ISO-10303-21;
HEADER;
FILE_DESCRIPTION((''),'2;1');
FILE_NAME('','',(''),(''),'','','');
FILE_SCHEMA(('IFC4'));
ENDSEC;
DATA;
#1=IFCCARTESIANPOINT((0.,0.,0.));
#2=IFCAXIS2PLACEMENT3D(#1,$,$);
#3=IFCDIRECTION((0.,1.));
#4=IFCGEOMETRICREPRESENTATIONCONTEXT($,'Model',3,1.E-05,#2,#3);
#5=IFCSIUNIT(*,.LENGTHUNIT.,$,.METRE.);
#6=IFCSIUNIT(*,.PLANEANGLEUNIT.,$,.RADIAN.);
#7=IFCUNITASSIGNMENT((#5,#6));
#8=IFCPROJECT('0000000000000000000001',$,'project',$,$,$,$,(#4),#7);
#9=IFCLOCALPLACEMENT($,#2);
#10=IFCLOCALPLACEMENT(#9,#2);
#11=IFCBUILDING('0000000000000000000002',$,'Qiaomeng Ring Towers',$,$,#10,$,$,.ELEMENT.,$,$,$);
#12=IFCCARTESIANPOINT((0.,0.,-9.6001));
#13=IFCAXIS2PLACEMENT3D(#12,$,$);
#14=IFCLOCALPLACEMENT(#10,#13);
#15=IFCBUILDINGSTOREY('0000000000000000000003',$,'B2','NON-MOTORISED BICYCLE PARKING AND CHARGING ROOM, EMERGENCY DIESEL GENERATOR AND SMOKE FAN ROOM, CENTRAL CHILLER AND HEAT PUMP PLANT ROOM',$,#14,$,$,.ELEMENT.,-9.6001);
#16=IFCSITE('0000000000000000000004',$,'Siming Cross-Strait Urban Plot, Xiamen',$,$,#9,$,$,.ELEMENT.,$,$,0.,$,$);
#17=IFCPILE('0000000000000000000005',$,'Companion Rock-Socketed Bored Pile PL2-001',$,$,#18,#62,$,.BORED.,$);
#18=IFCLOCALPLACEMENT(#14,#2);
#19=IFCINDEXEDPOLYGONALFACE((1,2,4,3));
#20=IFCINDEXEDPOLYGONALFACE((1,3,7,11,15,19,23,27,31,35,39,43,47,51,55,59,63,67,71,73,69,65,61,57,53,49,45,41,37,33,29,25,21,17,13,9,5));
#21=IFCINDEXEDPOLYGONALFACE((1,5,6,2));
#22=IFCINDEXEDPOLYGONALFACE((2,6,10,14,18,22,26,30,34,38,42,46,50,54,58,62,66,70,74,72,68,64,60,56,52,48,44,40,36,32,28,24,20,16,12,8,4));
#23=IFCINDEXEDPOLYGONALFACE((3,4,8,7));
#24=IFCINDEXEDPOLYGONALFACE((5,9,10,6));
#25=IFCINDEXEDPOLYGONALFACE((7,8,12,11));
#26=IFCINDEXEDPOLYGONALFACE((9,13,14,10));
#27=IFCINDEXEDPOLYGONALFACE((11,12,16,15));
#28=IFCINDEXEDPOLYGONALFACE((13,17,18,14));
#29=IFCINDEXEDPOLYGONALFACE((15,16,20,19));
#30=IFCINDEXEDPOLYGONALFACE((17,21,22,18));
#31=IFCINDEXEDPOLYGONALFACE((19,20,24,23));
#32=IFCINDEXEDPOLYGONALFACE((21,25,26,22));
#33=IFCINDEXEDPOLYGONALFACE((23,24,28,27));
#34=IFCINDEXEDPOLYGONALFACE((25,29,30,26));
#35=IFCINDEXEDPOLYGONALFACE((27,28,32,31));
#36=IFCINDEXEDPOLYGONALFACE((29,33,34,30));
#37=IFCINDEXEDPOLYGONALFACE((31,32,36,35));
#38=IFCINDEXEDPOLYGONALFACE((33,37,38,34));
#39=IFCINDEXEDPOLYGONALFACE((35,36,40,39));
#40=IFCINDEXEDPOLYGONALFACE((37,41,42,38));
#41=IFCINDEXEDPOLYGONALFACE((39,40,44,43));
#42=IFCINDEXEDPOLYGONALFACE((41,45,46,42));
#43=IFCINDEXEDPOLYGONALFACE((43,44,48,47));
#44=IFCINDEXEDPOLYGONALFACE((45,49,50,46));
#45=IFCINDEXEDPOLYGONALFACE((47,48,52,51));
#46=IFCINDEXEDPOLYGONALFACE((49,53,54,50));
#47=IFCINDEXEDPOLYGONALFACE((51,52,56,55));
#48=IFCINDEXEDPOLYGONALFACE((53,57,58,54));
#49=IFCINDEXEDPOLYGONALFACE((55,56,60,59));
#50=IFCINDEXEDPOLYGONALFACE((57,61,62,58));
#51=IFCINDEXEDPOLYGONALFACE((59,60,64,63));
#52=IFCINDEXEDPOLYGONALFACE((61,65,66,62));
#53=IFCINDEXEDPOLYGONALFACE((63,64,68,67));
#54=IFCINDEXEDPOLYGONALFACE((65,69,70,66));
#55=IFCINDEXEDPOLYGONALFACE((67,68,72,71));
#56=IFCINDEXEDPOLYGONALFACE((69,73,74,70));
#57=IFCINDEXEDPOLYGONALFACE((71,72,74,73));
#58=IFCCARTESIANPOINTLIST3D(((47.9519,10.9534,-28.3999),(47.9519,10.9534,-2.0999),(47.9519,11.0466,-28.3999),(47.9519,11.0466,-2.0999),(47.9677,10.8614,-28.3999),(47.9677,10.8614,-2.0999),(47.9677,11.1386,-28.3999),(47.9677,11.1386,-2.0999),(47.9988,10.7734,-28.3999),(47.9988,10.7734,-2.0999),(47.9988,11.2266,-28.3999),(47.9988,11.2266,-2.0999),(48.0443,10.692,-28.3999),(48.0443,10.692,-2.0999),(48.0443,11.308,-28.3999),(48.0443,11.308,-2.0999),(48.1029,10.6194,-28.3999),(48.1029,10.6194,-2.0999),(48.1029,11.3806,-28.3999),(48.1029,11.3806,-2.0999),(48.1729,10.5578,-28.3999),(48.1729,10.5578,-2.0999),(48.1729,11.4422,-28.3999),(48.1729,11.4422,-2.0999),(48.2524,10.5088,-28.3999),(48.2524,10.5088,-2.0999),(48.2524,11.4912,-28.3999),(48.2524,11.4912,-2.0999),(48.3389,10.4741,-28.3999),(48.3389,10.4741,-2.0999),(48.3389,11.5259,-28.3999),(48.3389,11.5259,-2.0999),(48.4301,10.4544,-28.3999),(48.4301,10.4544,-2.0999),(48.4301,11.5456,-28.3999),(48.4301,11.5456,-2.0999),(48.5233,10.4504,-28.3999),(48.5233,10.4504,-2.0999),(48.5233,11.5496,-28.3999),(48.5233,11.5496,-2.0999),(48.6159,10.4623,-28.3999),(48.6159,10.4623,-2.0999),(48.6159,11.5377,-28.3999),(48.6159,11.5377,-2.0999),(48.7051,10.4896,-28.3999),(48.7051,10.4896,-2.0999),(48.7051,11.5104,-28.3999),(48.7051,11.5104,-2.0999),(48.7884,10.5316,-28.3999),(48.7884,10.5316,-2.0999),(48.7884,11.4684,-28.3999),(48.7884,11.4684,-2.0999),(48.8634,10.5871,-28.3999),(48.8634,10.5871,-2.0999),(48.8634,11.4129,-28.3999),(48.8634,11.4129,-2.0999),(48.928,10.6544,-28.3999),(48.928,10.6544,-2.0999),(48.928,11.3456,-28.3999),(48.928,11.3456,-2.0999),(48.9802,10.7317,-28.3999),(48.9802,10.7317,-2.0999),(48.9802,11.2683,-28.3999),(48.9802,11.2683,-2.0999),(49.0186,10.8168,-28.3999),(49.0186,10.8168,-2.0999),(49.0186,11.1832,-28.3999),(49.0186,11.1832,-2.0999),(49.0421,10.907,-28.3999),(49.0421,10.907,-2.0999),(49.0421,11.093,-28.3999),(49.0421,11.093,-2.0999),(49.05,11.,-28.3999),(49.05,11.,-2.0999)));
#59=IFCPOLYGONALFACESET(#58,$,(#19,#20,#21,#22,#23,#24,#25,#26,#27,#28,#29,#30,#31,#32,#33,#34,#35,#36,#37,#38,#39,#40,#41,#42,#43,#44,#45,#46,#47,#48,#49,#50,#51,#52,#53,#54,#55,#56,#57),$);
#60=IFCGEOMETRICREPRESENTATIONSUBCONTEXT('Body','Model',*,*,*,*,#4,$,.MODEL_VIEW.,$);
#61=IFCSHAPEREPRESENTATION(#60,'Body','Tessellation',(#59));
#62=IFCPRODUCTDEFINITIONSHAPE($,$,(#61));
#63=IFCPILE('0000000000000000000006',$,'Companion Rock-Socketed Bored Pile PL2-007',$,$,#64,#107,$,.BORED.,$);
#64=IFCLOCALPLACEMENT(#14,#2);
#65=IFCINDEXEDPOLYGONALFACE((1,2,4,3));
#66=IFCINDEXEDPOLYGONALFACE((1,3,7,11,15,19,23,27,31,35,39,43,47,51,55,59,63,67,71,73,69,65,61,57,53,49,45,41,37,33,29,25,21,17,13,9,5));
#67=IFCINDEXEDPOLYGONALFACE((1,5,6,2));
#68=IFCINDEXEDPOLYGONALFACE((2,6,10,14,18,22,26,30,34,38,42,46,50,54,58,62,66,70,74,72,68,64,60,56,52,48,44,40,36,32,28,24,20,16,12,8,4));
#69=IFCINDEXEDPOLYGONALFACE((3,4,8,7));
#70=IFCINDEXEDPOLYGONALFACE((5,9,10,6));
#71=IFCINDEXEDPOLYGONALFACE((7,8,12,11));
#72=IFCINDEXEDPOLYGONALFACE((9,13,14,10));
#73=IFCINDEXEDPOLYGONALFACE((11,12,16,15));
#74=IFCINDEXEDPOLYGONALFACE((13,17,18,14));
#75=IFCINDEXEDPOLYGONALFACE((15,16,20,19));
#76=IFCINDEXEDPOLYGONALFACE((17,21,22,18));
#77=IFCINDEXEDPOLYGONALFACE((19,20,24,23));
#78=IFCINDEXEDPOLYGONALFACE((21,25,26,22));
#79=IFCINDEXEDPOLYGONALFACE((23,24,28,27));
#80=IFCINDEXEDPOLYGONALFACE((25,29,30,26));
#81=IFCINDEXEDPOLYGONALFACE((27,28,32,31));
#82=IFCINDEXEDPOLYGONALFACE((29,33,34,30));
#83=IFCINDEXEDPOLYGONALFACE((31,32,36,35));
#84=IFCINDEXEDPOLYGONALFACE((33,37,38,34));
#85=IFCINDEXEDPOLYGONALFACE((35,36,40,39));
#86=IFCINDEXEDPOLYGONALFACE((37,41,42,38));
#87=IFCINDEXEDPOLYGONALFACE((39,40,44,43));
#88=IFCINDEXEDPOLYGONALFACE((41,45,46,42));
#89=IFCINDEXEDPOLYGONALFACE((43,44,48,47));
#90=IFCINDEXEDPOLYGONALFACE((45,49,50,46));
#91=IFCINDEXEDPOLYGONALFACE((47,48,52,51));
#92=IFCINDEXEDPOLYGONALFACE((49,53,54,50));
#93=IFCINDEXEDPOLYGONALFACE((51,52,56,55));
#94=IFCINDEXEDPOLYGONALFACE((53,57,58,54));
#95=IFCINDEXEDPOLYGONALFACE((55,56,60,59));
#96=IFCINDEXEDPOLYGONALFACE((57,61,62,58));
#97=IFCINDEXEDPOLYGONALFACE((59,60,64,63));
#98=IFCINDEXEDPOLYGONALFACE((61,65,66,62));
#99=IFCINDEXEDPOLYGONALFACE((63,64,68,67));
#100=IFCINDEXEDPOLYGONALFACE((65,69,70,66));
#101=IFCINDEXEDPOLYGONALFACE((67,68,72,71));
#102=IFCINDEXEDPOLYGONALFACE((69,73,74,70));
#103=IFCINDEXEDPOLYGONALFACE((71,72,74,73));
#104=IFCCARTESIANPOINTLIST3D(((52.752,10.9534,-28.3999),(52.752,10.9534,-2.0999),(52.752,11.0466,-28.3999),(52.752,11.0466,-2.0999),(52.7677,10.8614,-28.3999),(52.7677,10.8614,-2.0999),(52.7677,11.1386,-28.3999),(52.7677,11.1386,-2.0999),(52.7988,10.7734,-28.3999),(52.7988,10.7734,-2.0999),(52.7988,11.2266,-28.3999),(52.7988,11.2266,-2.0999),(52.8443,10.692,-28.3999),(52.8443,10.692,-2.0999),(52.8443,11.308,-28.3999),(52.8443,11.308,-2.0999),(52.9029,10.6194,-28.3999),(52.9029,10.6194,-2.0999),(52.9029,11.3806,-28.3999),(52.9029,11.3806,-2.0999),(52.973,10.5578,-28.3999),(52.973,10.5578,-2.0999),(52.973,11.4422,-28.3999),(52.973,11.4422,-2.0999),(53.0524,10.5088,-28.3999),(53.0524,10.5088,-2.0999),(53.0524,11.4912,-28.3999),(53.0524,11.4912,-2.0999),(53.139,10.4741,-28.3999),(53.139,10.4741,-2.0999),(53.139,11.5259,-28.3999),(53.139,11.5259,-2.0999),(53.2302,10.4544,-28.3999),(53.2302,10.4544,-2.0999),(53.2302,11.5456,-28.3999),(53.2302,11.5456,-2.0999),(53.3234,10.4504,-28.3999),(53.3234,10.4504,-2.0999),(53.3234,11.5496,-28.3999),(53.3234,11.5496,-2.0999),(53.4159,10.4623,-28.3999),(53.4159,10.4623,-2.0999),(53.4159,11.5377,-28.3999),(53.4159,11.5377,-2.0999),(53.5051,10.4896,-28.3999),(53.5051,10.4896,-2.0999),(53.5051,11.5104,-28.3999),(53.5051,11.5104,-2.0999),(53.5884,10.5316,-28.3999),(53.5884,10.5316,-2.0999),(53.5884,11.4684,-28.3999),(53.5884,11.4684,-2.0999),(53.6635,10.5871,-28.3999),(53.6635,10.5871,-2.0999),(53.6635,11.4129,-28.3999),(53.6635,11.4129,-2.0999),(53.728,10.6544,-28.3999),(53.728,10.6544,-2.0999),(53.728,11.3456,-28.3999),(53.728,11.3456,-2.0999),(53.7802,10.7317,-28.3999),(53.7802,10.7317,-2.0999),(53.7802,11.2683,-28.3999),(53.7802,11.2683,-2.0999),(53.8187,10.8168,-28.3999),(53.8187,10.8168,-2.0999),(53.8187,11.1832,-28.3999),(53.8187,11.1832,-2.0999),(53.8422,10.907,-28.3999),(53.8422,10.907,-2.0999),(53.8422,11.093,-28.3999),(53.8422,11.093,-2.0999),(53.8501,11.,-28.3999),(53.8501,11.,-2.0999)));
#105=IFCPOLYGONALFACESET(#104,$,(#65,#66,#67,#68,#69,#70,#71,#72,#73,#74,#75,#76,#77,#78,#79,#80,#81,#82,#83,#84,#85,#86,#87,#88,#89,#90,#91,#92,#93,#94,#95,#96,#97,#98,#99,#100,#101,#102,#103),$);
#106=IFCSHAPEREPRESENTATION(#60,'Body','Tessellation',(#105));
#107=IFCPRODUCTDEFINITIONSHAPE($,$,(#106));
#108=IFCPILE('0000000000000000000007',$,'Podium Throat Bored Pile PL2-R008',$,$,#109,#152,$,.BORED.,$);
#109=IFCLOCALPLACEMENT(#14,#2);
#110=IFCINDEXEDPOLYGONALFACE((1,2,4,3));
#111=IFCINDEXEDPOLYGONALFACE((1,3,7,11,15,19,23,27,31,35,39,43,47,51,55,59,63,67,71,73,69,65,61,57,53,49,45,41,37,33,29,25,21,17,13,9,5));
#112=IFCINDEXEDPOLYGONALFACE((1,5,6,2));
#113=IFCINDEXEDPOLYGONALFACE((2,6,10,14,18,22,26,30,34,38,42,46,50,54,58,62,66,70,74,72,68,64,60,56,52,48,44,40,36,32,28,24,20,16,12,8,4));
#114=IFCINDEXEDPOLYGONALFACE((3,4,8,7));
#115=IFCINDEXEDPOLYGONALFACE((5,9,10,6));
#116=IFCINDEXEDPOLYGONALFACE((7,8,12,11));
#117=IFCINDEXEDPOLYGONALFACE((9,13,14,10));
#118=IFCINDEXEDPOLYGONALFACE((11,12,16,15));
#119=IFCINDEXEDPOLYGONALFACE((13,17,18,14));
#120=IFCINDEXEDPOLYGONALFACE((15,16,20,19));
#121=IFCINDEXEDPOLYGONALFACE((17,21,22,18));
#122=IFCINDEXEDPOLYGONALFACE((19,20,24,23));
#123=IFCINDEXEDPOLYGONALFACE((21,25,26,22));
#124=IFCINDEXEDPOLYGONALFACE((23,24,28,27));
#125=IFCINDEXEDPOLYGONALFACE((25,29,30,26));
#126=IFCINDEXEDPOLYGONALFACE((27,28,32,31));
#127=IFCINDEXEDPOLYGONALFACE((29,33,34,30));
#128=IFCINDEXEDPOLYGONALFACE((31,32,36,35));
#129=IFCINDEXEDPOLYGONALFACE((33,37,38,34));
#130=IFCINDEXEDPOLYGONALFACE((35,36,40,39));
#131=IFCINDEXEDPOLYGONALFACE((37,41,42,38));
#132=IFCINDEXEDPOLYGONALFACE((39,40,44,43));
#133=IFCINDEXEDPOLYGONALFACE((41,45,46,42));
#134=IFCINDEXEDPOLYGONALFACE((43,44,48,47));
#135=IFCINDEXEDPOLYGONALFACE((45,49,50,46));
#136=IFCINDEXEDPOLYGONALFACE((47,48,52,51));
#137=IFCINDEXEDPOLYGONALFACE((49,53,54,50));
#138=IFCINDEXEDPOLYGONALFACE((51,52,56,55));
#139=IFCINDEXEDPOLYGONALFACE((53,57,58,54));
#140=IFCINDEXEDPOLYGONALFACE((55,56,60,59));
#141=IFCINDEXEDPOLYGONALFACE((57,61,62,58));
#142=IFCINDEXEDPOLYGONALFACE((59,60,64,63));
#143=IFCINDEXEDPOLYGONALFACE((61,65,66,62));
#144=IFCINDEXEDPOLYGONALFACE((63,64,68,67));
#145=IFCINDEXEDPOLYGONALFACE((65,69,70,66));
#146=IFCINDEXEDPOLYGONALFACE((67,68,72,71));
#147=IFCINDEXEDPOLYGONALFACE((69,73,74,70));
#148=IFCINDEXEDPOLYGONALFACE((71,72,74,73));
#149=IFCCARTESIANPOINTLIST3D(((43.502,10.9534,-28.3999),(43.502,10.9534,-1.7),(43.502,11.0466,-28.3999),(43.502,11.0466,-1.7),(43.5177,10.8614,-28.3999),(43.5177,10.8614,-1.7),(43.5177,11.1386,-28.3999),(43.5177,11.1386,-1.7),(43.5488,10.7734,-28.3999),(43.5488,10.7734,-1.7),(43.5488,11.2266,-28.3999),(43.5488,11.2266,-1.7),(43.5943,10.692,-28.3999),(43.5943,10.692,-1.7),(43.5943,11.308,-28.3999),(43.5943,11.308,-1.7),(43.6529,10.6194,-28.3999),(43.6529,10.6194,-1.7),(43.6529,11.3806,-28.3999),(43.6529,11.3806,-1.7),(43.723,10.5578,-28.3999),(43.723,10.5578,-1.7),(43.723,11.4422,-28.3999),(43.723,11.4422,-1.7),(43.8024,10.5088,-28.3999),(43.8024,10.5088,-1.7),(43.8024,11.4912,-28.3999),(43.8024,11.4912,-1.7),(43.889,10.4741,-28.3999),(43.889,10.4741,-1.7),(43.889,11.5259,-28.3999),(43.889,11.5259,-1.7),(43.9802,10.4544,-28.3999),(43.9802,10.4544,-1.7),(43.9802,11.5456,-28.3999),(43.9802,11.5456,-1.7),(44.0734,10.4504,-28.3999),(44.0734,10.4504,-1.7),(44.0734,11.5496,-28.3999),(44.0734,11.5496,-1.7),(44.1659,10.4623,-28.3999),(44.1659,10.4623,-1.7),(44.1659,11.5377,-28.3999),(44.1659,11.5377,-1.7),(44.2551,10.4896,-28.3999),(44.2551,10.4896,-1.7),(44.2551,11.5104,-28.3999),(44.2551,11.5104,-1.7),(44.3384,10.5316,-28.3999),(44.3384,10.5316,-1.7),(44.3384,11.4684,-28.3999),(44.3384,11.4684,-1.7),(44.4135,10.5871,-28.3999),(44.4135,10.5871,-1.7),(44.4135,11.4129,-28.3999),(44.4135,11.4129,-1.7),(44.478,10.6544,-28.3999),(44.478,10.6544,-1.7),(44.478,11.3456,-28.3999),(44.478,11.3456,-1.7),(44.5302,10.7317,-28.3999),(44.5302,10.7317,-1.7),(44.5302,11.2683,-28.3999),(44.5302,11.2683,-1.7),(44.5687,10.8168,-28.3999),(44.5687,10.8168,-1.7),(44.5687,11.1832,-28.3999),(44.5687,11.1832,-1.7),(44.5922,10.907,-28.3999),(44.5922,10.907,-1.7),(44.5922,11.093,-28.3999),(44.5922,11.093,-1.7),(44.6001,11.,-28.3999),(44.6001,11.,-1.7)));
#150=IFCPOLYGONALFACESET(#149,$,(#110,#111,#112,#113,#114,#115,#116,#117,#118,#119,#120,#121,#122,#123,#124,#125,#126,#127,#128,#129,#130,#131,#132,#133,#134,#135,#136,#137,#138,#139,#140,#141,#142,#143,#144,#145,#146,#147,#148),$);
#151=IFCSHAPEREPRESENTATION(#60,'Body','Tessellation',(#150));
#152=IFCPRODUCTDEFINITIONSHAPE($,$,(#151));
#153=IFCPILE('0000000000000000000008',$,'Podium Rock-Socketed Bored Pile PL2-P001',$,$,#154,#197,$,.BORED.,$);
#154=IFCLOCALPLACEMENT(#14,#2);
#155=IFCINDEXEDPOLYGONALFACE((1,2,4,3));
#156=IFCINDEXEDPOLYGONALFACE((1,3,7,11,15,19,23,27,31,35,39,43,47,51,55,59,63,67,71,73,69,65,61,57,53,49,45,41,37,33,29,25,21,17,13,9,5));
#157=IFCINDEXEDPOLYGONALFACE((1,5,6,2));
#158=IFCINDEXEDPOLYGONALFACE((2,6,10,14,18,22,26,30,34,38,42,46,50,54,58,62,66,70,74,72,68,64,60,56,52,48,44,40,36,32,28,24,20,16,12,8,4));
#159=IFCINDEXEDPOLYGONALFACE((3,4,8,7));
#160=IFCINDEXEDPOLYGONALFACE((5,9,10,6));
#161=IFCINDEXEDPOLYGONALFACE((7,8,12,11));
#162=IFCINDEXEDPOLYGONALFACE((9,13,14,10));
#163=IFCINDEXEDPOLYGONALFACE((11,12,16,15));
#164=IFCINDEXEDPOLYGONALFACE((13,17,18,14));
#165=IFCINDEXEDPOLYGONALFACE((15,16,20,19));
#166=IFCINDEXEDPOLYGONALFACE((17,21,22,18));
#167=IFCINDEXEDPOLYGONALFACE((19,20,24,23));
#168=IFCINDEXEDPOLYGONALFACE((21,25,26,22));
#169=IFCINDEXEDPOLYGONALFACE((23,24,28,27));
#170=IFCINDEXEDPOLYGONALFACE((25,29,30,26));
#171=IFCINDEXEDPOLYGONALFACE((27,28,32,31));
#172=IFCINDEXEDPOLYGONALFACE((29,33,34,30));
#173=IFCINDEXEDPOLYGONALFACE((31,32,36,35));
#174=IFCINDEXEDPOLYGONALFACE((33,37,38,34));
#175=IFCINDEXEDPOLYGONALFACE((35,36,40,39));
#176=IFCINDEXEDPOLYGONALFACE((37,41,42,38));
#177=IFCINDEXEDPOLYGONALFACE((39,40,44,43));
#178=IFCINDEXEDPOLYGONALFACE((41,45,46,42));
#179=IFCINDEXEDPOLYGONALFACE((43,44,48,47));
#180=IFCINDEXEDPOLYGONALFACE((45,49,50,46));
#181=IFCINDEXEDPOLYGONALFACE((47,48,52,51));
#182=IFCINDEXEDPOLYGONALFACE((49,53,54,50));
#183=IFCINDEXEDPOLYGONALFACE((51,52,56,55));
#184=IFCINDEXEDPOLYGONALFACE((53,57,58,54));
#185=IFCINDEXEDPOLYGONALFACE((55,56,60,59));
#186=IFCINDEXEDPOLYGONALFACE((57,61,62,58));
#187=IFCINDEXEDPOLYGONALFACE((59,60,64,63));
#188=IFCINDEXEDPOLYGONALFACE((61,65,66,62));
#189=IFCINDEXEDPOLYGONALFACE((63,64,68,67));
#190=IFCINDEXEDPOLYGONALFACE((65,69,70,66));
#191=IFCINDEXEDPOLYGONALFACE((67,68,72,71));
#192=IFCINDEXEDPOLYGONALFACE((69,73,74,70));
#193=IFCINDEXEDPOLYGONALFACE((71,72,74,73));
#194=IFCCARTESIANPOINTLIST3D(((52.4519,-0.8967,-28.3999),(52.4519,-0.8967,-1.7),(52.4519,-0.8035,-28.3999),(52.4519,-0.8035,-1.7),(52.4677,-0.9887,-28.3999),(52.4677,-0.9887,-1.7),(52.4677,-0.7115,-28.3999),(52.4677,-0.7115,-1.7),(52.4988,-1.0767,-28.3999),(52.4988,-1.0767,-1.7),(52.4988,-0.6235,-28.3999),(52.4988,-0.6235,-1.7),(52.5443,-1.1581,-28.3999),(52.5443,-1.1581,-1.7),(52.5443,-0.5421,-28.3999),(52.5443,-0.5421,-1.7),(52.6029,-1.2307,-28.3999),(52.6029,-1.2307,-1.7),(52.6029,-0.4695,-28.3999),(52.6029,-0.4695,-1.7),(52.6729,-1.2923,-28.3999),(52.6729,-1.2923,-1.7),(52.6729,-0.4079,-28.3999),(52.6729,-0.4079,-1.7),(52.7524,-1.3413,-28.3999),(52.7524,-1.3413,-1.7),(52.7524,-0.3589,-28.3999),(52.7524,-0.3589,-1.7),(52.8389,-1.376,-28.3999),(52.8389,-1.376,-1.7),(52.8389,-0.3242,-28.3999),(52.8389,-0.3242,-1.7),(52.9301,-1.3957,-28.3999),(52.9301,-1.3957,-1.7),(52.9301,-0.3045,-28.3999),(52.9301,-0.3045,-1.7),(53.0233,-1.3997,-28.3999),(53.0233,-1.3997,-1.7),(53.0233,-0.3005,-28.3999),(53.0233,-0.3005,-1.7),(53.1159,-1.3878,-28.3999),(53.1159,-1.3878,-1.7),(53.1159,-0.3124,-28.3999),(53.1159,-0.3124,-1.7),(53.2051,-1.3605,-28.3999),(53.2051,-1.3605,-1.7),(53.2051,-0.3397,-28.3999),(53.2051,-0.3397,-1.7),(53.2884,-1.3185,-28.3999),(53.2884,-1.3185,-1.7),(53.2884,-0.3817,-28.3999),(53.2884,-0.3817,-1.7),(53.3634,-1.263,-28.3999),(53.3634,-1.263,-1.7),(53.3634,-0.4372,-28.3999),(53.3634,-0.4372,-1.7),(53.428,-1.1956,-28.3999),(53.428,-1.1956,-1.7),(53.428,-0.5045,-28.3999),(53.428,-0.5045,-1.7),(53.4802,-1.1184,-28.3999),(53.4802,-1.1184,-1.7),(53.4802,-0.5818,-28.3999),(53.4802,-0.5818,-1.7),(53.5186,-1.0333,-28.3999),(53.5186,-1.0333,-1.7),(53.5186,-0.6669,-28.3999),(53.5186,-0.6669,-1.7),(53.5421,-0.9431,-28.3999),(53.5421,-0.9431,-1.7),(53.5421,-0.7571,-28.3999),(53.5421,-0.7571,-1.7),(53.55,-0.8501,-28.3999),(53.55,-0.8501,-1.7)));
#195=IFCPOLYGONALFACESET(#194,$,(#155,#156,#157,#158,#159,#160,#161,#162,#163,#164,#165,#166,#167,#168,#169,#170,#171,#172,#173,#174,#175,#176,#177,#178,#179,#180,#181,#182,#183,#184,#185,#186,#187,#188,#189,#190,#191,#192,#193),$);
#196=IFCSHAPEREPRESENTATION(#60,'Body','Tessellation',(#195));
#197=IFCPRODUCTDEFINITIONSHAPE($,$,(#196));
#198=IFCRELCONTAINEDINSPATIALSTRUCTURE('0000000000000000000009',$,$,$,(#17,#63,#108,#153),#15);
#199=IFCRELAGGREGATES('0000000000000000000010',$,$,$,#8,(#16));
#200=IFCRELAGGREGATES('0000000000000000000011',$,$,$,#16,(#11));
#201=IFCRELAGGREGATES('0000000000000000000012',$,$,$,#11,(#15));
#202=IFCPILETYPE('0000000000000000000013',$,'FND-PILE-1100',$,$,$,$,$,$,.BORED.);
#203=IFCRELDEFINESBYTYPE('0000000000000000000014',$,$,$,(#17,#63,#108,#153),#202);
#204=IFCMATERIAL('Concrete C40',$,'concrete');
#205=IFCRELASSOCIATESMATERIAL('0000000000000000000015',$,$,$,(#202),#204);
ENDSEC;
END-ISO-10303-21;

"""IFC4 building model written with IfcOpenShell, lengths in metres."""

from ifc_helpers import new_model, si_unit, direction, frame, origin, origin_2d, place, context, subcontext, project, spatial, circle, extrude, source, transform, mapped, material, material_profile, profile_set, type_object, element, save


model = new_model("IFC4")

# Units and contexts
model_context = context("Model", 3, precision=1e-05, world=origin(), true_north=direction((0.0, 1.0)))
body_context = subcontext(model_context, "Body", "Model", "MODEL_VIEW")
ifc_project = project(units=[si_unit("LENGTHUNIT", "METRE"), si_unit("PLANEANGLEUNIT", "RADIAN")], contexts=[model_context])

# Site, building, storey
site_placement = place(None, origin())
site = spatial("IfcSite", under=ifc_project, at=site_placement, Name="Siming Cross-Strait Urban Plot, Xiamen", CompositionType="ELEMENT", RefElevation=0.0)
building_placement = place(site_placement, origin())
building = spatial("IfcBuilding", under=site, at=building_placement, Name="Qiaomeng Ring Towers", CompositionType="ELEMENT")
storey_placement = place(building_placement, frame((0.0, 0.0, -9.6001)))
storey = spatial("IfcBuildingStorey", under=building, at=storey_placement, Name="B2", Description="NON-MOTORISED BICYCLE PARKING AND CHARGING ROOM, EMERGENCY DIESEL GENERATOR AND SMOKE FAN ROOM, CENTRAL CHILLER AND HEAT PUMP PLANT ROOM", CompositionType="ELEMENT", Elevation=-9.6001)

# Piles
ifc_material_1 = material(Name="Concrete C40", Category="concrete")
ifc_material_profile_1 = material_profile(ifc_material_1, circle(Radius=0.55, at=origin_2d()), Name="BORED PILE 1100")
ifc_profile_set_1 = profile_set([ifc_material_profile_1], Name="Concrete C40")
pile_type = type_object("IfcPileType", Name="FND-PILE-1100", PredefinedType="BORED", material=ifc_profile_set_1)
shared_shape_1 = source(origin(), body_context, "Body", "SweptSolid", [
    extrude(circle(Radius=0.55, at=origin_2d()), origin(), (0.0, 0.0, 1.0), 26.3),
])
for number, where, z_axis, x_axis, name in (
    (1, (48.5, 11.0, -2.0999), (0.0, 0.0, -1.0), (1.0, 0.0, 0.0), "Companion Rock-Socketed Bored Pile PL2-001"),
    (2, (53.3, 11.0, -2.0999), (0.0, 0.0, -1.0), (1.0, 0.0, 0.0), "Companion Rock-Socketed Bored Pile PL2-007"),
):
    element("IfcPile", number, at=place(storey_placement, frame(where, z_axis=z_axis, x_axis=x_axis)), inside=storey, type_object=pile_type, Name=name, PredefinedType="BORED", context=body_context, shape_type="MappedRepresentation", body=[
        mapped(shared_shape_1, transform((0.0, 0.0, 0.0), x_axis=(1.0, 0.0, 0.0), y_axis=(0.0, 1.0, 0.0), z_axis=(0.0, 0.0, 1.0), scale=1.0)),
    ])
shared_shape_2 = source(origin(), body_context, "Body", "SweptSolid", [
    extrude(circle(Radius=0.55, at=origin_2d()), origin(), (0.0, 0.0, 1.0), 26.7),
])
for number, where, z_axis, x_axis, name in (
    (3, (44.05, 11.0, -1.7), (0.0, 0.0, -1.0), (1.0, 0.0, 0.0), "Podium Throat Bored Pile PL2-R008"),
    (4, (53.0, -0.8501, -1.7), (0.0, 0.0, -1.0), (1.0, 0.0, 0.0), "Podium Rock-Socketed Bored Pile PL2-P001"),
):
    element("IfcPile", number, at=place(storey_placement, frame(where, z_axis=z_axis, x_axis=x_axis)), inside=storey, type_object=pile_type, Name=name, PredefinedType="BORED", context=body_context, shape_type="MappedRepresentation", body=[
        mapped(shared_shape_2, transform((0.0, 0.0, 0.0), x_axis=(1.0, 0.0, 0.0), y_axis=(0.0, 1.0, 0.0), z_axis=(0.0, 0.0, 1.0), scale=1.0)),
    ])

save(model, "model.ifc")
